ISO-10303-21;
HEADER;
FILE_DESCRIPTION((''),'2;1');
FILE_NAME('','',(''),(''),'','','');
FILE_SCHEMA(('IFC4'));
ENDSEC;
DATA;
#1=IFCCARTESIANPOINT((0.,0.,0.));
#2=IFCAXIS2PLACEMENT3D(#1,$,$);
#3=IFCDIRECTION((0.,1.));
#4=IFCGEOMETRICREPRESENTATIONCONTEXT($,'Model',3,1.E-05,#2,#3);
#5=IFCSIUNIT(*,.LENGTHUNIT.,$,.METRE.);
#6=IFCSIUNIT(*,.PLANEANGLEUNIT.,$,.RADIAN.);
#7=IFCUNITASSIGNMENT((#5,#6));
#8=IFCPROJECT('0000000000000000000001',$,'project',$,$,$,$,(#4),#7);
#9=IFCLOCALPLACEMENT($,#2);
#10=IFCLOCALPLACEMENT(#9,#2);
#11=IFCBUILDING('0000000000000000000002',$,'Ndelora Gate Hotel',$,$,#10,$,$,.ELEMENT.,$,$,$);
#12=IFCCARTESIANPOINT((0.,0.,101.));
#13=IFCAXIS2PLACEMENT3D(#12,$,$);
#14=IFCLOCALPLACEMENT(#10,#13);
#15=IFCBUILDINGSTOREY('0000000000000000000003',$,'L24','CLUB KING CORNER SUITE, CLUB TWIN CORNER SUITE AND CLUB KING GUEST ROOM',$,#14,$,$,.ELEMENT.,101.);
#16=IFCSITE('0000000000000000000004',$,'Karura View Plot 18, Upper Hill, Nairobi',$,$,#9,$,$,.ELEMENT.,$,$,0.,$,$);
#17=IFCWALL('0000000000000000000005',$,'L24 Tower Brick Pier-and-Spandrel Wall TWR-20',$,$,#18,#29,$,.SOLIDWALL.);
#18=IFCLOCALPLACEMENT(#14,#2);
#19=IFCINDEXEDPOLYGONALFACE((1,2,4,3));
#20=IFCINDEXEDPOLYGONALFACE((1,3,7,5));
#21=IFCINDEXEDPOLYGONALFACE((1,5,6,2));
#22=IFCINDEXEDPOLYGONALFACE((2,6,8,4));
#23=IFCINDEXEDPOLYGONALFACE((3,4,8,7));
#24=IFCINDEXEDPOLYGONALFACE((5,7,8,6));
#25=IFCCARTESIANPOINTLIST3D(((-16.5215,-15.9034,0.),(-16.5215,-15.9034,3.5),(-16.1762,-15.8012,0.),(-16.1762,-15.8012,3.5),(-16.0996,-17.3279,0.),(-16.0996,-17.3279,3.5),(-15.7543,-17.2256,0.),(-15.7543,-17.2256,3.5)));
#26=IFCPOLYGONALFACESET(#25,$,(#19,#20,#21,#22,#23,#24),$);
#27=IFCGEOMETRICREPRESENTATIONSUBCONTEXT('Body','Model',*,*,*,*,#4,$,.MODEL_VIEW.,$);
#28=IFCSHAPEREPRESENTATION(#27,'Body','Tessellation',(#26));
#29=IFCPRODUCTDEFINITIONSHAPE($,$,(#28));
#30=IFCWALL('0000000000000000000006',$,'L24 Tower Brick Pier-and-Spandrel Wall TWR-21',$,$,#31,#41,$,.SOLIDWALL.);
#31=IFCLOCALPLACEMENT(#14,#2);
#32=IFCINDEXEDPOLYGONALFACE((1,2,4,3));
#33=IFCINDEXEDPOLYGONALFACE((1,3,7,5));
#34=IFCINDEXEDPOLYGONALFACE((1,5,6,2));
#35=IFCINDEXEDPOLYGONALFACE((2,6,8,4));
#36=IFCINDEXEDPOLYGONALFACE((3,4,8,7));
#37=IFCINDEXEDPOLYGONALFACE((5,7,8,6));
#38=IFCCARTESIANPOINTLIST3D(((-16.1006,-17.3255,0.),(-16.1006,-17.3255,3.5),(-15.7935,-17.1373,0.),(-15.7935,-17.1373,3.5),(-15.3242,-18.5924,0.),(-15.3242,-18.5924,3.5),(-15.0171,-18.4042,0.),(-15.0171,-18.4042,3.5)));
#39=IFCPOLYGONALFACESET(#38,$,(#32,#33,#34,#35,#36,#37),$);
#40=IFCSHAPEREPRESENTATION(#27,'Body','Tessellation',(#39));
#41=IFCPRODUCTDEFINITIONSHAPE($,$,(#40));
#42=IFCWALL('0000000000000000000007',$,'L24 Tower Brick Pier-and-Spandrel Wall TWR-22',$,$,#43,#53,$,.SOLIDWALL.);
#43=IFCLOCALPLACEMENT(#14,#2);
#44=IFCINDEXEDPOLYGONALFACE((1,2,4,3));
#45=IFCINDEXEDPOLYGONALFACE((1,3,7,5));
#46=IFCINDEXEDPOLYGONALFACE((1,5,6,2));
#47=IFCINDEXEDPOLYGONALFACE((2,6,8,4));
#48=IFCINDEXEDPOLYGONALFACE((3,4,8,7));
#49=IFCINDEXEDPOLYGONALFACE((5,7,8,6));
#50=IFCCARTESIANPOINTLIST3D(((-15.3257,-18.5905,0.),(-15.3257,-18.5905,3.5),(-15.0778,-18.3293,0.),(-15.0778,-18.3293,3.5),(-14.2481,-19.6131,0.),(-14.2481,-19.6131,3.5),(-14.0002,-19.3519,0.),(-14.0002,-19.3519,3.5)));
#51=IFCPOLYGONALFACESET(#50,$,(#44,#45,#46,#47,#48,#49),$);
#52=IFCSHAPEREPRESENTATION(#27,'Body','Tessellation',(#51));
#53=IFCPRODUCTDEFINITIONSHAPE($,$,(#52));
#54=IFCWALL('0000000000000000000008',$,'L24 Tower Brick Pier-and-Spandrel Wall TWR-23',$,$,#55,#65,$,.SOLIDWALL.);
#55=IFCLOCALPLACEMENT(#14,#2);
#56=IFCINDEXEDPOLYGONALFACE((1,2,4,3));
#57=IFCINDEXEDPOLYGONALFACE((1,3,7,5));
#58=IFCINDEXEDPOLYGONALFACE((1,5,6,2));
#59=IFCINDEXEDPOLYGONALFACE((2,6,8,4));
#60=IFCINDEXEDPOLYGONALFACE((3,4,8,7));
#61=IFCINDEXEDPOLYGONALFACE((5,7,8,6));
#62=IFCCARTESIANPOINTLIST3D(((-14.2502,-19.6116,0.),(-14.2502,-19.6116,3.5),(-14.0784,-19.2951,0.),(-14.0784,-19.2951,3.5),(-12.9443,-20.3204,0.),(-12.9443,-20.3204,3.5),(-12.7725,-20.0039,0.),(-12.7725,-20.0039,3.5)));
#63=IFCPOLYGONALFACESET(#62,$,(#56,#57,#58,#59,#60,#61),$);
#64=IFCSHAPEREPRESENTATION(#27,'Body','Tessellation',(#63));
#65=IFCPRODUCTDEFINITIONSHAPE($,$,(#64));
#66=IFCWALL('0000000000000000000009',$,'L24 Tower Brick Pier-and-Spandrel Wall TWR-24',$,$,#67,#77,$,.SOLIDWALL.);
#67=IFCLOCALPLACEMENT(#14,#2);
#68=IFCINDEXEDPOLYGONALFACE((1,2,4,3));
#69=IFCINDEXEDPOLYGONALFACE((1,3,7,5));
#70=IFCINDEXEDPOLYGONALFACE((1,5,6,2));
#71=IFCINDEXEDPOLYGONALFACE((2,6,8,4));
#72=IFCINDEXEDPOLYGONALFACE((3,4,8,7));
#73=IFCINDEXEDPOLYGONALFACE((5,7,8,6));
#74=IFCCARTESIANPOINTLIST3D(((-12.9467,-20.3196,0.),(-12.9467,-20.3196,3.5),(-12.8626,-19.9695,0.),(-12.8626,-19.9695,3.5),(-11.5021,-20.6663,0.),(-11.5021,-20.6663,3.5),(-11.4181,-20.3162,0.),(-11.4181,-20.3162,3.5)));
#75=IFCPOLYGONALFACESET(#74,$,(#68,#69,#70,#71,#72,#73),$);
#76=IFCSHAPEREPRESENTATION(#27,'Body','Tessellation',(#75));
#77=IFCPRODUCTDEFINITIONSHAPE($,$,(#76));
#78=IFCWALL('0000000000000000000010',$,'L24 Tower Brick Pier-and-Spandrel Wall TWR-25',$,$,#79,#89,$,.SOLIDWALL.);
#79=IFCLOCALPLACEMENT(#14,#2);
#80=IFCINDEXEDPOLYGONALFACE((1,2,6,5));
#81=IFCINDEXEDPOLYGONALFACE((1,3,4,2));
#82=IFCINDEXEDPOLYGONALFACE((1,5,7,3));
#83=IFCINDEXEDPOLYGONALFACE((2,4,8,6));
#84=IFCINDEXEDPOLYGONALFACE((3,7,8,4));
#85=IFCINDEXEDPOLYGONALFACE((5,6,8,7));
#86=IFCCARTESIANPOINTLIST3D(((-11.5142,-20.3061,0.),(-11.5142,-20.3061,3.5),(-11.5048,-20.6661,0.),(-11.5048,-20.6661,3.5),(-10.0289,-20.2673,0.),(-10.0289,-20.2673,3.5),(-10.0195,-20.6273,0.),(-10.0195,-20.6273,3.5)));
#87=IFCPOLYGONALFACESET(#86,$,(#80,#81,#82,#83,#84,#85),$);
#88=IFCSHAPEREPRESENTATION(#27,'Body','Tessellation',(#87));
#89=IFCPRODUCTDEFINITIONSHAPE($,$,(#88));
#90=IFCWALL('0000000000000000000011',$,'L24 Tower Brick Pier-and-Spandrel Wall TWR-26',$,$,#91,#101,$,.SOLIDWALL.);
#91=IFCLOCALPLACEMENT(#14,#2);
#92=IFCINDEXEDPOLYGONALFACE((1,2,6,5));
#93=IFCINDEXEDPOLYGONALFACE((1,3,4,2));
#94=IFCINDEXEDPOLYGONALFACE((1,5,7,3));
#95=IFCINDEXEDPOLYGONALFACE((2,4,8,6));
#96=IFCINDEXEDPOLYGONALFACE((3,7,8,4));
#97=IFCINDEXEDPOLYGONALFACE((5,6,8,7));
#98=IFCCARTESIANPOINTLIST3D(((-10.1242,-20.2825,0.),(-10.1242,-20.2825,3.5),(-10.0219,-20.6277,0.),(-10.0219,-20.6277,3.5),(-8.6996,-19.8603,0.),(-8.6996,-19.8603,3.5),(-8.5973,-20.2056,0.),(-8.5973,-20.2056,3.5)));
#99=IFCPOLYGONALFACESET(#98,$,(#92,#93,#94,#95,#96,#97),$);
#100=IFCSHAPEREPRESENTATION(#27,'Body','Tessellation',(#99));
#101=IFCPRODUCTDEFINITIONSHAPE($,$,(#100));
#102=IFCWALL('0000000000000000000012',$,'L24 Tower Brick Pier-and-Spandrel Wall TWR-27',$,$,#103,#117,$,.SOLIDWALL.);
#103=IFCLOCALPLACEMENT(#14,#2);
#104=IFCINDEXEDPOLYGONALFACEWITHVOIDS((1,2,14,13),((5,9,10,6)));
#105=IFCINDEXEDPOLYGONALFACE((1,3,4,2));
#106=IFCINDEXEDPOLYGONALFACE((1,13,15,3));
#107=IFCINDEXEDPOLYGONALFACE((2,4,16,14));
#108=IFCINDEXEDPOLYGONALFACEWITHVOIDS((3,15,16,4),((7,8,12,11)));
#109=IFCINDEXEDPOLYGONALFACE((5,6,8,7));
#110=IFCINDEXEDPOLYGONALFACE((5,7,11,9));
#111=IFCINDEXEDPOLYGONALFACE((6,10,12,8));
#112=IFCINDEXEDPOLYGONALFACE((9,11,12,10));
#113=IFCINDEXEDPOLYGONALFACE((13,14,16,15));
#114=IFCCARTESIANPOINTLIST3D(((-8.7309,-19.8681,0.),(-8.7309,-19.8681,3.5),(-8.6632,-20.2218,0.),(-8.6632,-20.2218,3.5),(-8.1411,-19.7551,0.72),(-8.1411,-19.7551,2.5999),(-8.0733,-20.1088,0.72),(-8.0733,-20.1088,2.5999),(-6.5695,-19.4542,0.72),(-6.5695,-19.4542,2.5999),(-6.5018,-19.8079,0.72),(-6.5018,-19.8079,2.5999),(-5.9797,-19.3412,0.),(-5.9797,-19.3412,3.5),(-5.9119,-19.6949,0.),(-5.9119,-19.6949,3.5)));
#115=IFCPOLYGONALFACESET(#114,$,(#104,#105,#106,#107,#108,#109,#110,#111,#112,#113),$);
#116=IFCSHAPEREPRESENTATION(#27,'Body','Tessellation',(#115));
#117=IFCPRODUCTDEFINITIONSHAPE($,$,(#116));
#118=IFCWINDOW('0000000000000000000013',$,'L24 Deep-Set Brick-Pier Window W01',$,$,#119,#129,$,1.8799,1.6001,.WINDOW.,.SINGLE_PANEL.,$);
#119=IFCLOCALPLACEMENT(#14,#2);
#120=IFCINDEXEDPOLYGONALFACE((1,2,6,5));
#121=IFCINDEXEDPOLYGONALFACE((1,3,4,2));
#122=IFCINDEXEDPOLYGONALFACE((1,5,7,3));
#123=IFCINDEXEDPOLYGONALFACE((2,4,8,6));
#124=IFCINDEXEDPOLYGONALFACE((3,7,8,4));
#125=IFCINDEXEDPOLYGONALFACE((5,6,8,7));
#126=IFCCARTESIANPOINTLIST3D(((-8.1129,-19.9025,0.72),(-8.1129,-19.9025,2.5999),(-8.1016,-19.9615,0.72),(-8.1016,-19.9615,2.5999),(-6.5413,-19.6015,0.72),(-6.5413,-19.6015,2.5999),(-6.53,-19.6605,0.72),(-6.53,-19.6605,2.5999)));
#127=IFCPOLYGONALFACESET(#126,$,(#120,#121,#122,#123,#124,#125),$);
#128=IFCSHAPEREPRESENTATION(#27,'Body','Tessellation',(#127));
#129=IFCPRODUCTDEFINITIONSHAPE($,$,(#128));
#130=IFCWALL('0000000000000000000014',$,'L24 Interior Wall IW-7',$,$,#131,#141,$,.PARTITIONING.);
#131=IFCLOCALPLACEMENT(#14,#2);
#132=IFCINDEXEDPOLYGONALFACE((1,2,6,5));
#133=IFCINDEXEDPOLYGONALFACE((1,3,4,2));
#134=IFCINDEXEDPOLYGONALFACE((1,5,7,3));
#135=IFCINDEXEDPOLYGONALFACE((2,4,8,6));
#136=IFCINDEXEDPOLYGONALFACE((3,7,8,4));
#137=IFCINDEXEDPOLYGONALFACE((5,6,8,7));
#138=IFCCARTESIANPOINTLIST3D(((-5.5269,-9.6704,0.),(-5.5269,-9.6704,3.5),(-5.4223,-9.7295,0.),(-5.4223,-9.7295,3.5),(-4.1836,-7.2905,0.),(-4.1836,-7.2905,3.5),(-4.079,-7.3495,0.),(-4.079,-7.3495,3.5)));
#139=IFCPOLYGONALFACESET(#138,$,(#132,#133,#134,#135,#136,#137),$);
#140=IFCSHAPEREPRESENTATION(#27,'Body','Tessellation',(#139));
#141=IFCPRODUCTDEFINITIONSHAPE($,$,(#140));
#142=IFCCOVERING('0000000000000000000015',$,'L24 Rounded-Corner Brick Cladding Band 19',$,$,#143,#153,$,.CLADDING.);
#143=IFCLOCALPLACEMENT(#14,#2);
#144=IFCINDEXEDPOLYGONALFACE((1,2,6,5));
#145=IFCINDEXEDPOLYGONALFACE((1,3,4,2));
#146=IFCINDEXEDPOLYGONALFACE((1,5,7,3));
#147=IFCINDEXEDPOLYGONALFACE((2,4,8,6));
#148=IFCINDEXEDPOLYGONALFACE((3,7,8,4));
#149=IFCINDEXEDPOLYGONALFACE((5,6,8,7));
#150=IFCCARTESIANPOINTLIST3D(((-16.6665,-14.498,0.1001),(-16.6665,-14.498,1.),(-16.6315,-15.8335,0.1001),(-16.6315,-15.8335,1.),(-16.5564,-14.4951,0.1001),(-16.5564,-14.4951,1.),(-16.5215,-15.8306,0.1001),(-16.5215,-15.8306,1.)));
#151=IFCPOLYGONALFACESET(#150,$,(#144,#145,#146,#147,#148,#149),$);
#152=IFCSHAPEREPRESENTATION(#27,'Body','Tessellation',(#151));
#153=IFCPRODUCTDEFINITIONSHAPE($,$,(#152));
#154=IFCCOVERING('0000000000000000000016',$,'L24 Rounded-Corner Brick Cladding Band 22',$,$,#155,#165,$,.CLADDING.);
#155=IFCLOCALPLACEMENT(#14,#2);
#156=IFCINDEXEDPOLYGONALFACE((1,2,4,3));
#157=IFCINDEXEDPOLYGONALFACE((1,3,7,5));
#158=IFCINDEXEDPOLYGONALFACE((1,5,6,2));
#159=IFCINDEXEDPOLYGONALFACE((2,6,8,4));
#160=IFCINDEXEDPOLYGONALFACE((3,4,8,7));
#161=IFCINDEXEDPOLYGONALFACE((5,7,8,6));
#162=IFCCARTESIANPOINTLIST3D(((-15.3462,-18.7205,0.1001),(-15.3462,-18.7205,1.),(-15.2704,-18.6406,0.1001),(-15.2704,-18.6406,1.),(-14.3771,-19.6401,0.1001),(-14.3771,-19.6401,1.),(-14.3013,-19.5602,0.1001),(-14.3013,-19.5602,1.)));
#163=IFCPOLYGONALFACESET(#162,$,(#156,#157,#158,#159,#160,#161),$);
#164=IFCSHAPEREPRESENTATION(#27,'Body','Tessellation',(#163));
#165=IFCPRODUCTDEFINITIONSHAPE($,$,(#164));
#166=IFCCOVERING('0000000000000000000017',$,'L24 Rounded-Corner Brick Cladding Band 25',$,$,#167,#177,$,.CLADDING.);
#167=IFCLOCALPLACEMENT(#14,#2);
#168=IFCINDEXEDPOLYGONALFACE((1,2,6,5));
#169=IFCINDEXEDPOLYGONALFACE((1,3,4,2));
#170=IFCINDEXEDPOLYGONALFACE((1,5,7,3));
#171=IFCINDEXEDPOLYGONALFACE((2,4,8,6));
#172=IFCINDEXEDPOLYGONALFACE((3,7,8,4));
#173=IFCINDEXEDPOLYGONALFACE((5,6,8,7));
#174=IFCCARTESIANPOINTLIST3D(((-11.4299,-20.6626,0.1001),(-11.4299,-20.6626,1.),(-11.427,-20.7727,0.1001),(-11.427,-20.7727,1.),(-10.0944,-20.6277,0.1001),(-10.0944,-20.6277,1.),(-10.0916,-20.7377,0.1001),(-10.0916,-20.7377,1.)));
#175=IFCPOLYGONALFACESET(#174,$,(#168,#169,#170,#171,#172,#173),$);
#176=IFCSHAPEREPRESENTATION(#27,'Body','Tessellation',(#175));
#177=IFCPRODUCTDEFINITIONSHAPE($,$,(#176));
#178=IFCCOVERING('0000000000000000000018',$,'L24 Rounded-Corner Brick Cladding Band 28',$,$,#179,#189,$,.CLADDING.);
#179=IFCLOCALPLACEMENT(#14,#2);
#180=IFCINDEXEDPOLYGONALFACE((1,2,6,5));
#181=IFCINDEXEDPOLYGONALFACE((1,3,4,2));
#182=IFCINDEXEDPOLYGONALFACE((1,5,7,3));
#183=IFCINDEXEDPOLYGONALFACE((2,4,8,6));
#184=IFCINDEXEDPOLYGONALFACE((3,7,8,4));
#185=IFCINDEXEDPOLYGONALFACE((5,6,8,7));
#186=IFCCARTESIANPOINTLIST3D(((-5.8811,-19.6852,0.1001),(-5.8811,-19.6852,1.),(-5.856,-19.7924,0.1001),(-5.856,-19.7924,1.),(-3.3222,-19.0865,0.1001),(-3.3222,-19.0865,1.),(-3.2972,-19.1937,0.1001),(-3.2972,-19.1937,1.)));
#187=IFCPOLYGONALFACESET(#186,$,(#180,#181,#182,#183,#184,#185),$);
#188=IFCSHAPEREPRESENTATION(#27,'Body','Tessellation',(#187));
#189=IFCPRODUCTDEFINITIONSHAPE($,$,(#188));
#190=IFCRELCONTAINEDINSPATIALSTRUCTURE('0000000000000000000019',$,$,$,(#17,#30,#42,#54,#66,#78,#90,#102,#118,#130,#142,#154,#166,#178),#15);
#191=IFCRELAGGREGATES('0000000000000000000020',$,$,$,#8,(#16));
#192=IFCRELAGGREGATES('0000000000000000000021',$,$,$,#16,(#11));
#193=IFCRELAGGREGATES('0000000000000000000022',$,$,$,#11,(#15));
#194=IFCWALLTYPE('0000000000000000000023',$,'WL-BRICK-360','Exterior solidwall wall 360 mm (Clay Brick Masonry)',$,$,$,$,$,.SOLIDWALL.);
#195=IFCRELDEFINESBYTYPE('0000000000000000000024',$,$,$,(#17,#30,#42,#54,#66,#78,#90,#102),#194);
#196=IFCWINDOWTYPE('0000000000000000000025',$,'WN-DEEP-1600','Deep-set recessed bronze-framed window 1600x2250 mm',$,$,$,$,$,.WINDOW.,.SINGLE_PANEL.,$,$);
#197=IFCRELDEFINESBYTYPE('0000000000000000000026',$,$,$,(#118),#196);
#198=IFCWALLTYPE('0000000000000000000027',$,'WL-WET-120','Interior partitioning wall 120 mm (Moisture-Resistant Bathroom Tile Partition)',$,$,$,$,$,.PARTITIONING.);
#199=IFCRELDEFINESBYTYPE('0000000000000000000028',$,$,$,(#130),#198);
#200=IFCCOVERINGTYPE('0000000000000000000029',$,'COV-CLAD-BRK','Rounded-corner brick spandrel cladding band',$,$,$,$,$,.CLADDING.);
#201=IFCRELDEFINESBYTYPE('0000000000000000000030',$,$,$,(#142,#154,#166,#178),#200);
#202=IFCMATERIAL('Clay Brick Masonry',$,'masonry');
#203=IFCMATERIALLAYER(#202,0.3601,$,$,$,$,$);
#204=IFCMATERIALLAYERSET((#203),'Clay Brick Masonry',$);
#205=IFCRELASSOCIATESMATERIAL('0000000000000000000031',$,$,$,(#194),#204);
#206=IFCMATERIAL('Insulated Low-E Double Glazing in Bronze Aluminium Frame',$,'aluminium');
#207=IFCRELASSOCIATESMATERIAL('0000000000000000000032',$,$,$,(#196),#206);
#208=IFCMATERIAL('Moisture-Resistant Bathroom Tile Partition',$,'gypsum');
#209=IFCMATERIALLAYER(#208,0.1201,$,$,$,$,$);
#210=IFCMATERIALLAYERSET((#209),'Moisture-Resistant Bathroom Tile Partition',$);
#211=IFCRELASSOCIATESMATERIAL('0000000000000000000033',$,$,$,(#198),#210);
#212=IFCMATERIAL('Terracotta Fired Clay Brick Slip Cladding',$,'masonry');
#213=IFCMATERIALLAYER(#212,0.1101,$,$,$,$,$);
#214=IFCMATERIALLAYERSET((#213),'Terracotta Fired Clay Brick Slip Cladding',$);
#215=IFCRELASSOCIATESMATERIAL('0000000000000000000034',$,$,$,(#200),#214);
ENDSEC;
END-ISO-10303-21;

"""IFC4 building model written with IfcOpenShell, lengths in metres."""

from ifc_helpers import new_model, si_unit, direction, frame, frame_2d, origin, origin_2d, place, context, subcontext, project, spatial, rectangle, extrude, material, layer, layer_set, type_object, element, fill, save


model = new_model("IFC4")

# Units and contexts
model_context = context("Model", 3, precision=1e-05, world=origin(), true_north=direction((0.0, 1.0)))
body_context = subcontext(model_context, "Body", "Model", "MODEL_VIEW")
ifc_project = project(units=[si_unit("LENGTHUNIT", "METRE"), si_unit("PLANEANGLEUNIT", "RADIAN")], contexts=[model_context])

# Site, building, storey
site_placement = place(None, origin())
site = spatial("IfcSite", under=ifc_project, at=site_placement, Name="Karura View Plot 18, Upper Hill, Nairobi", CompositionType="ELEMENT", RefElevation=0.0)
building_placement = place(site_placement, origin())
building = spatial("IfcBuilding", under=site, at=building_placement, Name="Ndelora Gate Hotel", CompositionType="ELEMENT")
storey_placement = place(building_placement, frame((0.0, 0.0, 101.0)))
storey = spatial("IfcBuildingStorey", under=building, at=storey_placement, Name="L24", Description="CLUB KING CORNER SUITE, CLUB TWIN CORNER SUITE AND CLUB KING GUEST ROOM", CompositionType="ELEMENT", Elevation=101.0)

# Shared definitions
ifc_material_1 = material(Name="Clay Brick Masonry", Category="masonry")
ifc_layer_1 = layer(ifc_material_1, 0.3601)
ifc_layer_set_1 = layer_set([ifc_layer_1], Name="Clay Brick Masonry")
wall_type_1 = type_object("IfcWallType", Name="WL-BRICK-360", Description="Exterior solidwall wall 360 mm (Clay Brick Masonry)", PredefinedType="SOLIDWALL", material=ifc_layer_set_1)
ifc_material_2 = material(Name="Insulated Low-E Double Glazing in Bronze Aluminium Frame", Category="aluminium")
window_type_1 = type_object("IfcWindowType", Name="WN-DEEP-1600", Description="Deep-set recessed bronze-framed window 1600x2250 mm", PartitioningType="SINGLE_PANEL", PredefinedType="WINDOW", material=ifc_material_2)

# Walls
for number, where, z_axis, x_axis, name in (
    (1, (-15.927, -17.2766, 0.0), (0.0, 0.0, 1.0), (-0.283954, 0.958838, 0.0), "L24 Tower Brick Pier-and-Spandrel Wall TWR-20"),
):
    element("IfcWall", number, at=place(storey_placement, frame(where, z_axis=z_axis, x_axis=x_axis)), inside=storey, type_object=wall_type_1, Name=name, PredefinedType="SOLIDWALL", context=body_context, shape_type="SweptSolid", body=[
        extrude(rectangle(XDim=1.4856, YDim=0.3601, at=frame_2d((0.7427, 0.0))), origin(), (0.0, 0.0, 1.0), 3.5),
    ])
wall_1_placement = place(storey_placement, frame((-15.1707, -18.4983, 0.0), z_axis=(0.0, 0.0, 1.0), x_axis=(-0.52252, 0.852627, 0.0)))
element("IfcWall", 2, at=wall_1_placement, inside=storey, type_object=wall_type_1, Name="L24 Tower Brick Pier-and-Spandrel Wall TWR-21", PredefinedType="SOLIDWALL", context=body_context, shape_type="SweptSolid", body=[
    extrude(rectangle(XDim=1.4858, YDim=0.3601, at=frame_2d((0.7429, 0.0))), origin(), (0.0, 0.0, 1.0), 3.5),
])
wall_2_placement = place(storey_placement, frame((-14.1243, -19.4824, 0.0), z_axis=(0.0, 0.0, 1.0), x_axis=(-0.725352, 0.688378, 0.0)))
element("IfcWall", 3, at=wall_2_placement, inside=storey, type_object=wall_type_1, Name="L24 Tower Brick Pier-and-Spandrel Wall TWR-22", PredefinedType="SOLIDWALL", context=body_context, shape_type="SweptSolid", body=[
    extrude(rectangle(XDim=1.4856, YDim=0.3601, at=frame_2d((0.7427, 0.0))), origin(), (0.0, 0.0, 1.0), 3.5),
])
wall_3_placement = place(storey_placement, frame((-12.8584, -20.1621, 0.0), z_axis=(0.0, 0.0, 1.0), x_axis=(-0.878905, 0.476998, 0.0)))
element("IfcWall", 4, at=wall_3_placement, inside=storey, type_object=wall_type_1, Name="L24 Tower Brick Pier-and-Spandrel Wall TWR-23", PredefinedType="SOLIDWALL", context=body_context, shape_type="SweptSolid", body=[
    extrude(rectangle(XDim=1.4858, YDim=0.3601, at=frame_2d((0.7429, 0.0))), origin(), (0.0, 0.0, 1.0), 3.5),
])
wall_4_placement = place(storey_placement, frame((-11.4602, -20.4912, 0.0), z_axis=(0.0, 0.0, 1.0), x_axis=(-0.97239, 0.233361, 0.0)))
element("IfcWall", 5, at=wall_4_placement, inside=storey, type_object=wall_type_1, Name="L24 Tower Brick Pier-and-Spandrel Wall TWR-24", PredefinedType="SOLIDWALL", context=body_context, shape_type="SweptSolid", body=[
    extrude(rectangle(XDim=1.4856, YDim=0.3601, at=frame_2d((0.7427, 0.0))), origin(), (0.0, 0.0, 1.0), 3.5),
])
for number, where, z_axis, x_axis, name in (
    (6, (-10.0242, -20.4473, 0.0), (0.0, 0.0, 1.0), (-0.999659, -0.026125, 0.0), "L24 Tower Brick Pier-and-Spandrel Wall TWR-25"),
    (7, (-8.6484, -20.033, 0.0), (0.0, 0.0, 1.0), (-0.958793, -0.284105, 0.0), "L24 Tower Brick Pier-and-Spandrel Wall TWR-26"),
):
    element("IfcWall", number, at=place(storey_placement, frame(where, z_axis=z_axis, x_axis=x_axis)), inside=storey, type_object=wall_type_1, Name=name, PredefinedType="SOLIDWALL", context=body_context, shape_type="SweptSolid", body=[
        extrude(rectangle(XDim=1.4858, YDim=0.3601, at=frame_2d((0.7429, 0.0))), origin(), (0.0, 0.0, 1.0), 3.5),
    ])

# Wall, opening, window
wall_5_placement = place(storey_placement, frame((-5.9458, -19.5181, 0.0), z_axis=(0.0, 0.0, 1.0), x_axis=(-0.982153, -0.188081, 0.0)))
wall_5 = element("IfcWall", 8, at=wall_5_placement, inside=storey, type_object=wall_type_1, Name="L24 Tower Brick Pier-and-Spandrel Wall TWR-27", PredefinedType="SOLIDWALL", context=body_context, shape_type="SweptSolid", body=[
    extrude(rectangle(XDim=2.8013, YDim=0.3601, at=frame_2d((1.4006, 0.0))), origin(), (0.0, 0.0, 1.0), 3.5),
])
opening_1_placement = place(wall_5_placement, frame((0.6006, 0.0, 0.72)))
opening_1 = element("IfcOpeningElement", 9, at=opening_1_placement, cuts=wall_5, PredefinedType="OPENING", context=body_context, shape_type="SweptSolid", body=[
    extrude(rectangle(XDim=1.6001, YDim=1.8799, at=frame_2d((0.8, 0.9399))), frame((0.0, 0.1899, 0.0), z_axis=(0.0, -1.0, 0.0), x_axis=(1.0, 0.0, 0.0)), (0.0, 0.0, 1.0), 0.3801),
])
window_1_placement = place(opening_1_placement, origin())
window_1 = element("IfcWindow", 10, at=window_1_placement, inside=storey, type_object=window_type_1, Name="L24 Deep-Set Brick-Pier Window W01", OverallHeight=1.8799, OverallWidth=1.6001, PartitioningType="SINGLE_PANEL", PredefinedType="WINDOW", context=body_context, shape_type="SweptSolid", body=[
    extrude(rectangle(XDim=1.6001, YDim=1.8799, at=frame_2d((0.8, 0.9399))), frame((0.0, 0.03, 0.0), z_axis=(0.0, -1.0, 0.0), x_axis=(1.0, 0.0, 0.0)), (0.0, 0.0, 1.0), 0.0601),
])
fill(opening_1, window_1)

# Wall
ifc_material_3 = material(Name="Moisture-Resistant Bathroom Tile Partition", Category="gypsum")
ifc_layer_2 = layer(ifc_material_3, 0.1201)
ifc_layer_set_2 = layer_set([ifc_layer_2], Name="Moisture-Resistant Bathroom Tile Partition")
wall_type_2 = type_object("IfcWallType", Name="WL-WET-120", Description="Interior partitioning wall 120 mm (Moisture-Resistant Bathroom Tile Partition)", PredefinedType="PARTITIONING", material=ifc_layer_set_2)
wall_6_placement = place(storey_placement, frame((-5.4746, -9.7, 0.0), z_axis=(0.0, 0.0, 1.0), x_axis=(0.491533, 0.870859, 0.0)))
element("IfcWall", 11, at=wall_6_placement, inside=storey, type_object=wall_type_2, Name="L24 Interior Wall IW-7", PredefinedType="PARTITIONING", context=body_context, shape_type="SweptSolid", body=[
    extrude(rectangle(XDim=2.7329, YDim=0.1201, at=frame_2d((1.3665, 0.0))), origin(), (0.0, 0.0, 1.0), 3.5),
])

# Coverings
ifc_material_4 = material(Name="Terracotta Fired Clay Brick Slip Cladding", Category="masonry")
ifc_layer_3 = layer(ifc_material_4, 0.1101)
ifc_layer_set_3 = layer_set([ifc_layer_3], Name="Terracotta Fired Clay Brick Slip Cladding")
covering_type_1 = type_object("IfcCoveringType", Name="COV-CLAD-BRK", Description="Rounded-corner brick spandrel cladding band", PredefinedType="CLADDING", material=ifc_layer_set_3)
for number, where, z_axis, x_axis, name in (
    (12, (-16.594, -15.1643, 0.1001), (0.0, 0.0, 1.0), (-0.026177, 0.999657, 0.0), "L24 Rounded-Corner Brick Cladding Band 19"),
    (13, (-14.8237, -19.1404, 0.1001), (0.0, 0.0, 1.0), (-0.725374, 0.688355, 0.0), "L24 Rounded-Corner Brick Cladding Band 22"),
    (14, (-10.7607, -20.7002, 0.1001), (0.0, 0.0, 1.0), (0.999657, 0.026177, 0.0), "L24 Rounded-Corner Brick Cladding Band 25"),
):
    element("IfcCovering", number, at=place(storey_placement, frame(where, z_axis=z_axis, x_axis=x_axis)), inside=storey, type_object=covering_type_1, Name=name, PredefinedType="CLADDING", context=body_context, shape_type="SweptSolid", body=[
        extrude(rectangle(XDim=1.3359, YDim=0.1101, at=origin_2d()), origin(), (0.0, 0.0, 1.0), 0.8999),
    ])
covering_1_placement = place(storey_placement, frame((-4.5891, -19.4395, 0.1001), z_axis=(0.0, 0.0, 1.0), x_axis=(0.973698, 0.227841, 0.0)))
element("IfcCovering", 15, at=covering_1_placement, inside=storey, type_object=covering_type_1, Name="L24 Rounded-Corner Brick Cladding Band 28", PredefinedType="CLADDING", context=body_context, shape_type="SweptSolid", body=[
    extrude(rectangle(XDim=2.6279, YDim=0.1101, at=origin_2d()), origin(), (0.0, 0.0, 1.0), 0.8999),
])

save(model, "model.ifc")
